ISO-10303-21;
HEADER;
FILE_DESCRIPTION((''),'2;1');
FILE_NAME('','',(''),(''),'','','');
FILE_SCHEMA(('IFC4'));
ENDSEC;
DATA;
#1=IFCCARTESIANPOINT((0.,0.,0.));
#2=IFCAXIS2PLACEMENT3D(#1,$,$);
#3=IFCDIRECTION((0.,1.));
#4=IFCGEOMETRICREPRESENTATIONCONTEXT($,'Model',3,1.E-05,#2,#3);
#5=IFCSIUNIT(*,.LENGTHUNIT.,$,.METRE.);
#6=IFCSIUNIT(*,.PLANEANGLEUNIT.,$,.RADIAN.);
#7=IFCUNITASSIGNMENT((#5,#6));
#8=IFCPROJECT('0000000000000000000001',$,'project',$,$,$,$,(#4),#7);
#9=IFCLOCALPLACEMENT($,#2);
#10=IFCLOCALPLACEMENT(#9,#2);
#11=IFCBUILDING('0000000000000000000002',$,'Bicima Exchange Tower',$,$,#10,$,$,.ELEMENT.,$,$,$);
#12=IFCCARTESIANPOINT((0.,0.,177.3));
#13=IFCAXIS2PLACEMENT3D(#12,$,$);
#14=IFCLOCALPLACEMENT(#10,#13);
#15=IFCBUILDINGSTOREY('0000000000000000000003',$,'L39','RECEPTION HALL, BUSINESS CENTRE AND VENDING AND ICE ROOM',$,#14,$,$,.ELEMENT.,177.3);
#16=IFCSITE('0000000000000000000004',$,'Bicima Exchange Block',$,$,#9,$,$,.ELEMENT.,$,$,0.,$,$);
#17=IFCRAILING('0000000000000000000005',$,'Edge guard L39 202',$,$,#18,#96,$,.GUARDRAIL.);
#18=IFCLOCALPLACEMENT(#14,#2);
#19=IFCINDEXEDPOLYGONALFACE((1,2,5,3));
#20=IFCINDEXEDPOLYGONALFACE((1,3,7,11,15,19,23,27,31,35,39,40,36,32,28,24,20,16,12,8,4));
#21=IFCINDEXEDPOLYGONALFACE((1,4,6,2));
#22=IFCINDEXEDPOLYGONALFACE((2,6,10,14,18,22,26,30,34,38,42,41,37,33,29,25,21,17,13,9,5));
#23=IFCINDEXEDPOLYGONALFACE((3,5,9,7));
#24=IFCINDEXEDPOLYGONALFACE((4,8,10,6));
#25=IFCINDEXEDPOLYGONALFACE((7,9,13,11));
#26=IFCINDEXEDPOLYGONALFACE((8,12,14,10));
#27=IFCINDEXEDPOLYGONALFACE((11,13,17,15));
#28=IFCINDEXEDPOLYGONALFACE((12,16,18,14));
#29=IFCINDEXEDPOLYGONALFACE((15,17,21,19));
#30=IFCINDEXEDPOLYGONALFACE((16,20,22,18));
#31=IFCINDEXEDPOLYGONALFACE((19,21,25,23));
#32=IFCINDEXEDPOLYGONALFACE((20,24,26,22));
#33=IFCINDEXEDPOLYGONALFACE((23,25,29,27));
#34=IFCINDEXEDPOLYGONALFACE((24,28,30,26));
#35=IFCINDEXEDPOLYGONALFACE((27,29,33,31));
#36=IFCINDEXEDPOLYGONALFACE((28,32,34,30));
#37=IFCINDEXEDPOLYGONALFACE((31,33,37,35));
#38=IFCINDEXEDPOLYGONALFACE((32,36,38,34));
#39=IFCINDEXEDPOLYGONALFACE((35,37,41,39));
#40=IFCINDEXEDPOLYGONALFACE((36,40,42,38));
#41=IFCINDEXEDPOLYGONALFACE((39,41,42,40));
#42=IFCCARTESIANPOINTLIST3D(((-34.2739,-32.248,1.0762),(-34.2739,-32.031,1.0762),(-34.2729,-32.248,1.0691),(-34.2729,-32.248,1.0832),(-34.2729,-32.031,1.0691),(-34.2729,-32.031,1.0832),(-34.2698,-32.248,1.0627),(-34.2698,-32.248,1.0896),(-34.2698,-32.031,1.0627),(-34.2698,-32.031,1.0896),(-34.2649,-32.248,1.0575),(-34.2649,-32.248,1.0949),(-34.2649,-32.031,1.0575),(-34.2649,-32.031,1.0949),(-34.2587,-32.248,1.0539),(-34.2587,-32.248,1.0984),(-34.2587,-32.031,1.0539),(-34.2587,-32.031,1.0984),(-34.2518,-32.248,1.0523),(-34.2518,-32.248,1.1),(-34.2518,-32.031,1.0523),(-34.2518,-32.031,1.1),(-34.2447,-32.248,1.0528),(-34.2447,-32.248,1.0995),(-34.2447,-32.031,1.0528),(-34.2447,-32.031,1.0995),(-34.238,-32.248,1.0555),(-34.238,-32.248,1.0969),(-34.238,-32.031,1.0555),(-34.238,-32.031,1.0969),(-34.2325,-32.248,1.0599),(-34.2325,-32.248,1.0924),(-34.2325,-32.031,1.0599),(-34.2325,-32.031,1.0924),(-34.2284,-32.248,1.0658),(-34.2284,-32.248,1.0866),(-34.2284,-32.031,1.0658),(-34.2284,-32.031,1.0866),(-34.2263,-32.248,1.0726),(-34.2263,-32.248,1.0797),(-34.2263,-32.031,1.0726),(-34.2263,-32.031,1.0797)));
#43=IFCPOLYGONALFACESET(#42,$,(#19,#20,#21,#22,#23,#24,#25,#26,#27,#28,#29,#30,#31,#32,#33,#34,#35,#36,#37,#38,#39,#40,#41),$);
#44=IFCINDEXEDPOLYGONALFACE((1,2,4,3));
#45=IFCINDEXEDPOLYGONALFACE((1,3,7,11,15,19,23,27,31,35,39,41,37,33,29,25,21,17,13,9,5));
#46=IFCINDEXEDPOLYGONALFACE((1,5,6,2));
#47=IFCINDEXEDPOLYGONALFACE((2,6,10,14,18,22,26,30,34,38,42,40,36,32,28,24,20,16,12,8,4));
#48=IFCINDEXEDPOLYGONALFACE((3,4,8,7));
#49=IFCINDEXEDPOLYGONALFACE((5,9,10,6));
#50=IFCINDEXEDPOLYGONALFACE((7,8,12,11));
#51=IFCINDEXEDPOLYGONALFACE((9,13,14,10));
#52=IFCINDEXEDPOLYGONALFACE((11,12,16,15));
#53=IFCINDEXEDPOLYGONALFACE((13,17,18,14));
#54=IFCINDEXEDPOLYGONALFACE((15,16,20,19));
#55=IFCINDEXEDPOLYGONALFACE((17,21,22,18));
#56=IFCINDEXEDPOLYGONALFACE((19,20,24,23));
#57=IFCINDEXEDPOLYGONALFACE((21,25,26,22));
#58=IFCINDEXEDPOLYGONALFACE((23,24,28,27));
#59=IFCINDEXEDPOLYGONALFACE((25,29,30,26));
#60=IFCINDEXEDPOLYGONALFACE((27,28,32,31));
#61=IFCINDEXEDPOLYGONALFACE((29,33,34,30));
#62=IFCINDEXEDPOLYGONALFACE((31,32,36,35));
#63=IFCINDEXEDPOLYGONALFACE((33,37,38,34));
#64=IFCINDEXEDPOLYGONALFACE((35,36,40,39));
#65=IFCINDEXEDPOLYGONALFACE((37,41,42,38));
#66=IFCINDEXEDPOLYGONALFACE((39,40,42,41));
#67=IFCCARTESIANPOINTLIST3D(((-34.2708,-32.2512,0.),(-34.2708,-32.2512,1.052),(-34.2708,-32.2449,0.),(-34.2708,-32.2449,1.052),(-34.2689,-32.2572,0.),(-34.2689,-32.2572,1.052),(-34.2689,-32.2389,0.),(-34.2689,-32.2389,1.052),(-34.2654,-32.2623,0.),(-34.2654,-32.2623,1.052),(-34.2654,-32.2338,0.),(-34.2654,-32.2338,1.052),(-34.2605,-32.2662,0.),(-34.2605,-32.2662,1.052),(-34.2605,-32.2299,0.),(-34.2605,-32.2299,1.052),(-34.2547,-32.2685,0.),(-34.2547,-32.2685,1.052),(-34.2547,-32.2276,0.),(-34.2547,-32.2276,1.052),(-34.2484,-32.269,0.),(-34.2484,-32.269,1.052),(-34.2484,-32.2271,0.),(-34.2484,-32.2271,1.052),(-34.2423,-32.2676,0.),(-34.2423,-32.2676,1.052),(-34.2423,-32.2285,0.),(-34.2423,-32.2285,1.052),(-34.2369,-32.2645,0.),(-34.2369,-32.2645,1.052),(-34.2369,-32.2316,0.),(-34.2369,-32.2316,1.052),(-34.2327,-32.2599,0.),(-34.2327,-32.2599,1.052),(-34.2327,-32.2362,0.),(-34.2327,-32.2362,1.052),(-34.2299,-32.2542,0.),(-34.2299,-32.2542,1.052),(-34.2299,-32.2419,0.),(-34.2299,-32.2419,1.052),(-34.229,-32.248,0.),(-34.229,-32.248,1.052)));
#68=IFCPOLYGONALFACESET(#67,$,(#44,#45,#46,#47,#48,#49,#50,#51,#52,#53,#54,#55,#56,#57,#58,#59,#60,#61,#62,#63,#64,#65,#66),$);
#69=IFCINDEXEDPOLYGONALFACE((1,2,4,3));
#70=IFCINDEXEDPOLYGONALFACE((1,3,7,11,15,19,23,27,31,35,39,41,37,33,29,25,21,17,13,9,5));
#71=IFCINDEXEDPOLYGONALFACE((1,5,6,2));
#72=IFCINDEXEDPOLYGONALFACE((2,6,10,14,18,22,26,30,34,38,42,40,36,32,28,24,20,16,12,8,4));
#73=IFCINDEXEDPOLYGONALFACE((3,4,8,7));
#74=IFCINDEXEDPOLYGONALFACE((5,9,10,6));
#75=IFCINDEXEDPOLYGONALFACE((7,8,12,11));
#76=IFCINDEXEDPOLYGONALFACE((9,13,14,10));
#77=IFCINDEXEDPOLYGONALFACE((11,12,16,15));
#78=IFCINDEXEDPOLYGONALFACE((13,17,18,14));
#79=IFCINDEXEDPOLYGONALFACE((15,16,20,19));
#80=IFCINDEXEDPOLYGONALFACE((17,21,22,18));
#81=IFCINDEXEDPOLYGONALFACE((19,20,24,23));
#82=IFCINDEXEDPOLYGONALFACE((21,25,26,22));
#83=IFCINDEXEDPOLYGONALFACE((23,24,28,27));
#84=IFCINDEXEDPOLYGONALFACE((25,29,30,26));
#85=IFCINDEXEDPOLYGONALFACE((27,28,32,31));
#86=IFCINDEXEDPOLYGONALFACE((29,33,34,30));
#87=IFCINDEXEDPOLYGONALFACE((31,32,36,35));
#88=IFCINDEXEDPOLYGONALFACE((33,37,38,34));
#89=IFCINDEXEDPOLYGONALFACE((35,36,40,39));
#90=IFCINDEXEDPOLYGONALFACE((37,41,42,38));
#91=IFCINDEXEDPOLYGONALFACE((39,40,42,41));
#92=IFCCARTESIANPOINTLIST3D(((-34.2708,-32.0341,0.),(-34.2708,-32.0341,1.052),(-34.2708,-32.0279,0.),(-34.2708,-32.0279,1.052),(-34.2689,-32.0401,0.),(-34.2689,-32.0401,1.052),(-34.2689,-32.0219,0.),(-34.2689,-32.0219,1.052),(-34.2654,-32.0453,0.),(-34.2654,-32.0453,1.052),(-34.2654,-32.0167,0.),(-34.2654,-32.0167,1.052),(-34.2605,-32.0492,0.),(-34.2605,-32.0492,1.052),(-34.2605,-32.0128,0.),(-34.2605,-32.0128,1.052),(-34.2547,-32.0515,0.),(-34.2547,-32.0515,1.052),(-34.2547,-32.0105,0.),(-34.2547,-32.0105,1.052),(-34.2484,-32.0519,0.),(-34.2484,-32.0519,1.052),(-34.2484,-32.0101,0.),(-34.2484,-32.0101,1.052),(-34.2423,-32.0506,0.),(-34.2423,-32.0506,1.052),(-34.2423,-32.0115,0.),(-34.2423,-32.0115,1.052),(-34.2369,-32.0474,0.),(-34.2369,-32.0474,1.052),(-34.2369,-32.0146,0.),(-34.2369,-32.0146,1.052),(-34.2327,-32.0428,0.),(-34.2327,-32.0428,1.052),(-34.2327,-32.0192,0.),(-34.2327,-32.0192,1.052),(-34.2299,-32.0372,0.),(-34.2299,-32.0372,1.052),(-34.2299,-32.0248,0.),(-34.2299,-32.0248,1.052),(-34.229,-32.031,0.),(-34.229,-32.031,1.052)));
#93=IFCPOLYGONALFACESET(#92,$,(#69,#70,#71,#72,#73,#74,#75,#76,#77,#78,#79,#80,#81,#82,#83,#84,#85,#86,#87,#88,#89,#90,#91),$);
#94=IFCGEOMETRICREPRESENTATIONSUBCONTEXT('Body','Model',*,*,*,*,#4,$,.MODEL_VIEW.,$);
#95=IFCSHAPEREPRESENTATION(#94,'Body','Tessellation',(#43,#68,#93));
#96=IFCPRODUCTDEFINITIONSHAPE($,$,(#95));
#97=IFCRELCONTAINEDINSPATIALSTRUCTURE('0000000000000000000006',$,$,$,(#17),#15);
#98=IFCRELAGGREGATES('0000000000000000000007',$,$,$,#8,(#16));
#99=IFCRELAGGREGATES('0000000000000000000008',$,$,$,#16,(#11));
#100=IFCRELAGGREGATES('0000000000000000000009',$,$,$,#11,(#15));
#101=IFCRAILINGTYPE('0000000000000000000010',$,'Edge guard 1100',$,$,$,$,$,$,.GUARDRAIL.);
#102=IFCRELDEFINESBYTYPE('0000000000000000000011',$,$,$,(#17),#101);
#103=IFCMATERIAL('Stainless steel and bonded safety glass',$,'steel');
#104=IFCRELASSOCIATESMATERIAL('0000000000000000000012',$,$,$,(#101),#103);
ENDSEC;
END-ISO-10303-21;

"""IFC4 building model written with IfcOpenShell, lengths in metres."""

from ifc_helpers import new_model, si_unit, direction, frame, origin, origin_2d, place, context, subcontext, project, spatial, circle, extrude, material, type_object, element, save


model = new_model("IFC4")

# Units and contexts
model_context = context("Model", 3, precision=1e-05, world=origin(), true_north=direction((0.0, 1.0)))
body_context = subcontext(model_context, "Body", "Model", "MODEL_VIEW")
ifc_project = project(units=[si_unit("LENGTHUNIT", "METRE"), si_unit("PLANEANGLEUNIT", "RADIAN")], contexts=[model_context])

# Site, building, storey
site_placement = place(None, origin())
site = spatial("IfcSite", under=ifc_project, at=site_placement, Name="Bicima Exchange Block", CompositionType="ELEMENT", RefElevation=0.0)
building_placement = place(site_placement, origin())
building = spatial("IfcBuilding", under=site, at=building_placement, Name="Bicima Exchange Tower", CompositionType="ELEMENT")
storey_placement = place(building_placement, frame((0.0, 0.0, 177.3)))
storey = spatial("IfcBuildingStorey", under=building, at=storey_placement, Name="L39", Description="RECEPTION HALL, BUSINESS CENTRE AND VENDING AND ICE ROOM", CompositionType="ELEMENT", Elevation=177.3)

# Railing
ifc_material_1 = material(Name="Stainless steel and bonded safety glass", Category="steel")
railing_type = type_object("IfcRailingType", Name="Edge guard 1100", PredefinedType="GUARDRAIL", material=ifc_material_1)
railing_1_placement = place(storey_placement, frame((-34.25, -32.248, 0.0)))
element("IfcRailing", 1, at=railing_1_placement, inside=storey, type_object=railing_type, Name="Edge guard L39 202", PredefinedType="GUARDRAIL", context=body_context, shape_type="SweptSolid", body=[
    extrude(circle(Radius=0.0239, at=origin_2d()), frame((0.0, 0.0, 1.0762), z_axis=(0.0, 1.0, 0.0), x_axis=(-1.0, 0.0, 0.0)), (0.0, 0.0, 1.0), 0.217),
    extrude(circle(Radius=0.021, at=origin_2d()), origin(), (0.0, 0.0, 1.0), 1.052),
    extrude(circle(Radius=0.021, at=origin_2d()), frame((0.0, 0.217, 0.0)), (0.0, 0.0, 1.0), 1.052),
])

save(model, "model.ifc")
